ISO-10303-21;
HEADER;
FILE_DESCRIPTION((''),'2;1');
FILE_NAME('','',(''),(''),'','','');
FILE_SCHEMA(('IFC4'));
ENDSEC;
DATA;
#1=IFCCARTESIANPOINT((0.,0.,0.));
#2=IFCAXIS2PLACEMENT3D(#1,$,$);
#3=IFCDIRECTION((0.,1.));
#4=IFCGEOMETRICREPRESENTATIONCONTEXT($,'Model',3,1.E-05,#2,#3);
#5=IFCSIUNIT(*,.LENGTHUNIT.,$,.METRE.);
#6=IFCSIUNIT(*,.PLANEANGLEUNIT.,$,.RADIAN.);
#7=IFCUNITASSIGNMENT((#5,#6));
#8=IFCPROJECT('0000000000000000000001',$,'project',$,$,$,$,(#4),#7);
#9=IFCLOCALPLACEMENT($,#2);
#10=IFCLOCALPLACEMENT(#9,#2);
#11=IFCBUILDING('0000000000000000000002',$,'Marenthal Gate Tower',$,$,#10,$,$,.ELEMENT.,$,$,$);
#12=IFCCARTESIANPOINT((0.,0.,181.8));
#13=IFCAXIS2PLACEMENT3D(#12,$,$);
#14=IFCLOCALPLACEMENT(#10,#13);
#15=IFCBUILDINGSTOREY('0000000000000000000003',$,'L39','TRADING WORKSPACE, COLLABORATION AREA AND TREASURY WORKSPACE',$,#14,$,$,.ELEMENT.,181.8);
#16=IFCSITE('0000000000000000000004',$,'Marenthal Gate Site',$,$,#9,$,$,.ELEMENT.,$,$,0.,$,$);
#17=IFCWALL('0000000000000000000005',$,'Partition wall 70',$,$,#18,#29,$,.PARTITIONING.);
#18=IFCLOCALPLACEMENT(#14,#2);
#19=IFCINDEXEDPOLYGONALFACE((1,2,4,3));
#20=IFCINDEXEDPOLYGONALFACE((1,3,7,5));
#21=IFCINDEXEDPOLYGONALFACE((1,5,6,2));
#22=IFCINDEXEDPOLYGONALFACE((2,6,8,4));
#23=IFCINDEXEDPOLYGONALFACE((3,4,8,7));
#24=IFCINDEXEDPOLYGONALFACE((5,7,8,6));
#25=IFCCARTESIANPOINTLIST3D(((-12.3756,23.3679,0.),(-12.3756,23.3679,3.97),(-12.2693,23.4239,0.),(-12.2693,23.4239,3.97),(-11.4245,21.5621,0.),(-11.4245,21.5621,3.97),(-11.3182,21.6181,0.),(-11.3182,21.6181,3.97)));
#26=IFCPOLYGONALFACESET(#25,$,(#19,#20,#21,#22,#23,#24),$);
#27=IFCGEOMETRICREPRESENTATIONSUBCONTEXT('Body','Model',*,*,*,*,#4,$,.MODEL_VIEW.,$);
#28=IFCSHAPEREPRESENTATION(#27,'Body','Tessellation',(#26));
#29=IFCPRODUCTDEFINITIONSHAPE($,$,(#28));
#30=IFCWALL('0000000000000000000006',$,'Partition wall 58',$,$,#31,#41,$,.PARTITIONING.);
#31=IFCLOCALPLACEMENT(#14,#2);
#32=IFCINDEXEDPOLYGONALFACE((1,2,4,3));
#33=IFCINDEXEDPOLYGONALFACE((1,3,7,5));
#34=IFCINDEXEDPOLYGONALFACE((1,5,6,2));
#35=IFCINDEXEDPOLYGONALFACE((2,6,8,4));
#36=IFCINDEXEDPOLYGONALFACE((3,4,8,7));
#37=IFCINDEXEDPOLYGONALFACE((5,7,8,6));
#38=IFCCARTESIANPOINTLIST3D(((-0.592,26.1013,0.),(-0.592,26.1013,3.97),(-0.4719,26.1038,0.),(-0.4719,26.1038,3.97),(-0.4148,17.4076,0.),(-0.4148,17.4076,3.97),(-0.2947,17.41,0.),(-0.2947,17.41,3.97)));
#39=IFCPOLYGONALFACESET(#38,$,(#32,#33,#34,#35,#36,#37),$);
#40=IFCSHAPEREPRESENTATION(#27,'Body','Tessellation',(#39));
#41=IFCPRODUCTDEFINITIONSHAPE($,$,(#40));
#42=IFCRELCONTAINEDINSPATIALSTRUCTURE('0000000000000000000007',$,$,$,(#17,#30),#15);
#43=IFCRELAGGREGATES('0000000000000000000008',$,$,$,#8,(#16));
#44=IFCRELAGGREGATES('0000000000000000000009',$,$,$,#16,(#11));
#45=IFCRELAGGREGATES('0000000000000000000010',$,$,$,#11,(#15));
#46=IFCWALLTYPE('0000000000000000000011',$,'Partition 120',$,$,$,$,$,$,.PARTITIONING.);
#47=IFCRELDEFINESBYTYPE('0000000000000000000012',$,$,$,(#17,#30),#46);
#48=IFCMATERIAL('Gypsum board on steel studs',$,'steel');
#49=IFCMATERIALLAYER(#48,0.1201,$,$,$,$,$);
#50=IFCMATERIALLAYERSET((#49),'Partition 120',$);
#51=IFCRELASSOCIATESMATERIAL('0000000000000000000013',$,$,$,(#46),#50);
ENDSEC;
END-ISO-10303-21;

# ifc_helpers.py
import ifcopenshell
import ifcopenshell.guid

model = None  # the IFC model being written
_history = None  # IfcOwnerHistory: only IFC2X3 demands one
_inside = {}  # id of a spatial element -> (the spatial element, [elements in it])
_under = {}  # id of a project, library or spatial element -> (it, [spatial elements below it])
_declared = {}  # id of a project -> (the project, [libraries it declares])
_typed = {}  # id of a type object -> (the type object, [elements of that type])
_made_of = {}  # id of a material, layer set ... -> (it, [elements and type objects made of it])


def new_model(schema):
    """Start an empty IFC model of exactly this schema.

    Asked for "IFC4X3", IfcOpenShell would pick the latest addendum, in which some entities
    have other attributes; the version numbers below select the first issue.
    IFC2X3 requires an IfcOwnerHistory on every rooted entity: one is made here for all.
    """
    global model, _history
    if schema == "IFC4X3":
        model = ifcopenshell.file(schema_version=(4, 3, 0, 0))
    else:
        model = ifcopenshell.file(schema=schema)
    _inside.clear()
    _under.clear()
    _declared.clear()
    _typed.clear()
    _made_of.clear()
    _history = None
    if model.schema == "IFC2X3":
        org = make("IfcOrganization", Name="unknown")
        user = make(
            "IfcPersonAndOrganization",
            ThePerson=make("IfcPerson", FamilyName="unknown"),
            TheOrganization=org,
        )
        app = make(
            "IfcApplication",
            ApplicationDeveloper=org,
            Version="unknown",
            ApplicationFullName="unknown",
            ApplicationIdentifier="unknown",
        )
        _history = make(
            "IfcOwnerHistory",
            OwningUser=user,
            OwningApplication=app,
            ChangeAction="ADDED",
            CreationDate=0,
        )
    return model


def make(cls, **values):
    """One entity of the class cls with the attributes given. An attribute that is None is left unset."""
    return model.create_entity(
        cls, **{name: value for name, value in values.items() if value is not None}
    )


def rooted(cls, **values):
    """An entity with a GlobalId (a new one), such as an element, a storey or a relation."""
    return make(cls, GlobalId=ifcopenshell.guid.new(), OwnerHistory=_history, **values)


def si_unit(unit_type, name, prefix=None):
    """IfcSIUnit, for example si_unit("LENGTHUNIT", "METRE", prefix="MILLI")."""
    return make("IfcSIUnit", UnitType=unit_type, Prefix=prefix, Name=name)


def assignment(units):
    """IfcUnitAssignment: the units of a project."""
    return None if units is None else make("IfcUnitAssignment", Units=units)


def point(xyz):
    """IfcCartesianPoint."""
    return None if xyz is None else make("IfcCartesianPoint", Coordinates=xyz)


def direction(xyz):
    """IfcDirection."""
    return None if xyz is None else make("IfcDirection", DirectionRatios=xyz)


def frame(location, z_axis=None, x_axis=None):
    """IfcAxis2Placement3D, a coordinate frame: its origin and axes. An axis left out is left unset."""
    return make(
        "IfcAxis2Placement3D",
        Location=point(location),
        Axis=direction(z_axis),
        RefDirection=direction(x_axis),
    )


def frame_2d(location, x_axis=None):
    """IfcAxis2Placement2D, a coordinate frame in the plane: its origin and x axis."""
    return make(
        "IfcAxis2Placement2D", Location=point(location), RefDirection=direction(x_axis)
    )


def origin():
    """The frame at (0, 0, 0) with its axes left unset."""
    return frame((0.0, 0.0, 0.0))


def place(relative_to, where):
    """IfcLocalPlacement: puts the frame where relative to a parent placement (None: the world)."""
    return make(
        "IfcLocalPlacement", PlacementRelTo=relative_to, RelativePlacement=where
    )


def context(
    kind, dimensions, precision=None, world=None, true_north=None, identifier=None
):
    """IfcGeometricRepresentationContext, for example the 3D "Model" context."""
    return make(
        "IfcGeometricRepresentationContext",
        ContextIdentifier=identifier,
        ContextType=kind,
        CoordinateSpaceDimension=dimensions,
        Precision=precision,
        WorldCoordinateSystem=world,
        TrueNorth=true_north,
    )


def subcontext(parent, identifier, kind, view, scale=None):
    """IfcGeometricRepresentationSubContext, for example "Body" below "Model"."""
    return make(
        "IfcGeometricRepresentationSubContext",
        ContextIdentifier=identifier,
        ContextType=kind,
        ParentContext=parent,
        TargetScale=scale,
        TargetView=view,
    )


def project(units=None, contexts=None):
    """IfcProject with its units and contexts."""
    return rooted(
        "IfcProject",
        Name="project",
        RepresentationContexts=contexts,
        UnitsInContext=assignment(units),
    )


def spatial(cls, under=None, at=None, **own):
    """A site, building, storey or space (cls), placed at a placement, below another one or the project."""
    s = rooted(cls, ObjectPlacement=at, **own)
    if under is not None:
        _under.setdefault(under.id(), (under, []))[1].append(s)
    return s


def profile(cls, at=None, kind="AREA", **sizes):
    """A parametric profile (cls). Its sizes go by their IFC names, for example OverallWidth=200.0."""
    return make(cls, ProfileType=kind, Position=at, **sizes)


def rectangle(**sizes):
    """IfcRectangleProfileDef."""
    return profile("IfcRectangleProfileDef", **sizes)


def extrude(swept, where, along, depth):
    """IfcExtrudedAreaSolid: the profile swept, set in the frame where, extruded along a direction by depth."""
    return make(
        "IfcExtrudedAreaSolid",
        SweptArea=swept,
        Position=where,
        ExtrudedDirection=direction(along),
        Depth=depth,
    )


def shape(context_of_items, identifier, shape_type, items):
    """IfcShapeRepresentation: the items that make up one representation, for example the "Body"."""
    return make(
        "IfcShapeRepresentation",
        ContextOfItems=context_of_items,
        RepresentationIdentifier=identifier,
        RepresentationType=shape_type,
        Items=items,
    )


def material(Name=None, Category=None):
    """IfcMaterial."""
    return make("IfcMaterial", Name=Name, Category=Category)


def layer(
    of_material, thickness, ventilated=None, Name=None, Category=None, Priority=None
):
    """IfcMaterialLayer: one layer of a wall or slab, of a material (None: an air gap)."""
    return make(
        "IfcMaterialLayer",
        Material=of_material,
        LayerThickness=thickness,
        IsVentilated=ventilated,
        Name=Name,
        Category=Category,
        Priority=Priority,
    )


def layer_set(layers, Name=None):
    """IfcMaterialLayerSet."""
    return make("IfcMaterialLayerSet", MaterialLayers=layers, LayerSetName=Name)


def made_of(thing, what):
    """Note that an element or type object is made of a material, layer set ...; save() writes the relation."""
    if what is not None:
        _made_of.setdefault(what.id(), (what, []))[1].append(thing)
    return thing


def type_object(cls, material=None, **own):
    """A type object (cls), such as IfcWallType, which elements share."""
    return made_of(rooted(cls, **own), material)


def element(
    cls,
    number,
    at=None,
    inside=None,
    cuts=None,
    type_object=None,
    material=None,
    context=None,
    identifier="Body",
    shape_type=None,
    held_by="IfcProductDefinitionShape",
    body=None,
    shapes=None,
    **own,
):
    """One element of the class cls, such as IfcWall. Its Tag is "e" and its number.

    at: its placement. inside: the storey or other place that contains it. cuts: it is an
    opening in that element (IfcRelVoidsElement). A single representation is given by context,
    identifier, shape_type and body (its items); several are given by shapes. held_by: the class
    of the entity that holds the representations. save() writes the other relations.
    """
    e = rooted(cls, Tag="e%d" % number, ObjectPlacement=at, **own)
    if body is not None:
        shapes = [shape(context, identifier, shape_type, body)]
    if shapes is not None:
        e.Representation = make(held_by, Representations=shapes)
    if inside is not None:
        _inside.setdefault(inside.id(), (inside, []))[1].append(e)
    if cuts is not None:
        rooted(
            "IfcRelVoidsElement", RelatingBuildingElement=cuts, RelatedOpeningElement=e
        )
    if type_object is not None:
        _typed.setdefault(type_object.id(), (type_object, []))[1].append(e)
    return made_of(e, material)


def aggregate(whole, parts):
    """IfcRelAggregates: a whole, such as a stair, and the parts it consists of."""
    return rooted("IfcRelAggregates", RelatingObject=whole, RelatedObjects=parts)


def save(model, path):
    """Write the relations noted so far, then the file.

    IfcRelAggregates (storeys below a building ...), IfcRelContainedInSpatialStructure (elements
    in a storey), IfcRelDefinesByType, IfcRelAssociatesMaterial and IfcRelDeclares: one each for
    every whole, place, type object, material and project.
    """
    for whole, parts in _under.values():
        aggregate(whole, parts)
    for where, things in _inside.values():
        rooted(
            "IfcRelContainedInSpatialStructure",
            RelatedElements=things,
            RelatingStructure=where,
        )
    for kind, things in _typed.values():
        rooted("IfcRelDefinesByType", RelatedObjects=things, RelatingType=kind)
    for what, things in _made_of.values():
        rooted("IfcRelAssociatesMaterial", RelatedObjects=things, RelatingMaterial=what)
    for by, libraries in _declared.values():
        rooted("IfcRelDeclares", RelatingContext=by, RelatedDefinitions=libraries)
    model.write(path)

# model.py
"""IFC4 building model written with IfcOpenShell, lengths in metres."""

from ifc_helpers import new_model, si_unit, direction, frame, frame_2d, origin, place, context, subcontext, project, spatial, rectangle, extrude, material, layer, layer_set, type_object, element, save


model = new_model("IFC4")

# Units and contexts
model_context = context("Model", 3, precision=1e-05, world=origin(), true_north=direction((0.0, 1.0)))
body_context = subcontext(model_context, "Body", "Model", "MODEL_VIEW")
ifc_project = project(units=[si_unit("LENGTHUNIT", "METRE"), si_unit("PLANEANGLEUNIT", "RADIAN")], contexts=[model_context])

# Site, building, storey
site_placement = place(None, origin())
site = spatial("IfcSite", under=ifc_project, at=site_placement, Name="Marenthal Gate Site", CompositionType="ELEMENT", RefElevation=0.0)
building_placement = place(site_placement, origin())
building = spatial("IfcBuilding", under=site, at=building_placement, Name="Marenthal Gate Tower", CompositionType="ELEMENT")
storey_placement = place(building_placement, frame((0.0, 0.0, 181.8)))
storey = spatial("IfcBuildingStorey", under=building, at=storey_placement, Name="L39", Description="TRADING WORKSPACE, COLLABORATION AREA AND TREASURY WORKSPACE", CompositionType="ELEMENT", Elevation=181.8)

# Walls
ifc_material_1 = material(Name="Gypsum board on steel studs", Category="steel")
ifc_layer_1 = layer(ifc_material_1, 0.1201)
ifc_layer_set_1 = layer_set([ifc_layer_1], Name="Partition 120")
wall_type = type_object("IfcWallType", Name="Partition 120", PredefinedType="PARTITIONING", material=ifc_layer_set_1)
wall_1_placement = place(storey_placement, frame((-11.3713, 21.5901, 0.0), z_axis=(0.0, 0.0, 1.0), x_axis=(-0.466013, 0.884778, 0.0)))
element("IfcWall", 1, at=wall_1_placement, inside=storey, type_object=wall_type, Name="Partition wall 70", PredefinedType="PARTITIONING", context=body_context, shape_type="SweptSolid", body=[
    extrude(rectangle(XDim=2.041, YDim=0.1201, at=frame_2d((1.0205, 0.0))), origin(), (0.0, 0.0, 1.0), 3.97),
])
wall_2_placement = place(storey_placement, frame((-0.3547, 17.4089, 0.0), z_axis=(0.0, 0.0, 1.0), x_axis=(-0.020383, 0.999792, 0.0)))
element("IfcWall", 2, at=wall_2_placement, inside=storey, type_object=wall_type, Name="Partition wall 58", PredefinedType="PARTITIONING", context=body_context, shape_type="SweptSolid", body=[
    extrude(rectangle(XDim=8.6956, YDim=0.1201, at=frame_2d((4.3477, 0.0))), origin(), (0.0, 0.0, 1.0), 3.97),
])

save(model, "model.ifc")
